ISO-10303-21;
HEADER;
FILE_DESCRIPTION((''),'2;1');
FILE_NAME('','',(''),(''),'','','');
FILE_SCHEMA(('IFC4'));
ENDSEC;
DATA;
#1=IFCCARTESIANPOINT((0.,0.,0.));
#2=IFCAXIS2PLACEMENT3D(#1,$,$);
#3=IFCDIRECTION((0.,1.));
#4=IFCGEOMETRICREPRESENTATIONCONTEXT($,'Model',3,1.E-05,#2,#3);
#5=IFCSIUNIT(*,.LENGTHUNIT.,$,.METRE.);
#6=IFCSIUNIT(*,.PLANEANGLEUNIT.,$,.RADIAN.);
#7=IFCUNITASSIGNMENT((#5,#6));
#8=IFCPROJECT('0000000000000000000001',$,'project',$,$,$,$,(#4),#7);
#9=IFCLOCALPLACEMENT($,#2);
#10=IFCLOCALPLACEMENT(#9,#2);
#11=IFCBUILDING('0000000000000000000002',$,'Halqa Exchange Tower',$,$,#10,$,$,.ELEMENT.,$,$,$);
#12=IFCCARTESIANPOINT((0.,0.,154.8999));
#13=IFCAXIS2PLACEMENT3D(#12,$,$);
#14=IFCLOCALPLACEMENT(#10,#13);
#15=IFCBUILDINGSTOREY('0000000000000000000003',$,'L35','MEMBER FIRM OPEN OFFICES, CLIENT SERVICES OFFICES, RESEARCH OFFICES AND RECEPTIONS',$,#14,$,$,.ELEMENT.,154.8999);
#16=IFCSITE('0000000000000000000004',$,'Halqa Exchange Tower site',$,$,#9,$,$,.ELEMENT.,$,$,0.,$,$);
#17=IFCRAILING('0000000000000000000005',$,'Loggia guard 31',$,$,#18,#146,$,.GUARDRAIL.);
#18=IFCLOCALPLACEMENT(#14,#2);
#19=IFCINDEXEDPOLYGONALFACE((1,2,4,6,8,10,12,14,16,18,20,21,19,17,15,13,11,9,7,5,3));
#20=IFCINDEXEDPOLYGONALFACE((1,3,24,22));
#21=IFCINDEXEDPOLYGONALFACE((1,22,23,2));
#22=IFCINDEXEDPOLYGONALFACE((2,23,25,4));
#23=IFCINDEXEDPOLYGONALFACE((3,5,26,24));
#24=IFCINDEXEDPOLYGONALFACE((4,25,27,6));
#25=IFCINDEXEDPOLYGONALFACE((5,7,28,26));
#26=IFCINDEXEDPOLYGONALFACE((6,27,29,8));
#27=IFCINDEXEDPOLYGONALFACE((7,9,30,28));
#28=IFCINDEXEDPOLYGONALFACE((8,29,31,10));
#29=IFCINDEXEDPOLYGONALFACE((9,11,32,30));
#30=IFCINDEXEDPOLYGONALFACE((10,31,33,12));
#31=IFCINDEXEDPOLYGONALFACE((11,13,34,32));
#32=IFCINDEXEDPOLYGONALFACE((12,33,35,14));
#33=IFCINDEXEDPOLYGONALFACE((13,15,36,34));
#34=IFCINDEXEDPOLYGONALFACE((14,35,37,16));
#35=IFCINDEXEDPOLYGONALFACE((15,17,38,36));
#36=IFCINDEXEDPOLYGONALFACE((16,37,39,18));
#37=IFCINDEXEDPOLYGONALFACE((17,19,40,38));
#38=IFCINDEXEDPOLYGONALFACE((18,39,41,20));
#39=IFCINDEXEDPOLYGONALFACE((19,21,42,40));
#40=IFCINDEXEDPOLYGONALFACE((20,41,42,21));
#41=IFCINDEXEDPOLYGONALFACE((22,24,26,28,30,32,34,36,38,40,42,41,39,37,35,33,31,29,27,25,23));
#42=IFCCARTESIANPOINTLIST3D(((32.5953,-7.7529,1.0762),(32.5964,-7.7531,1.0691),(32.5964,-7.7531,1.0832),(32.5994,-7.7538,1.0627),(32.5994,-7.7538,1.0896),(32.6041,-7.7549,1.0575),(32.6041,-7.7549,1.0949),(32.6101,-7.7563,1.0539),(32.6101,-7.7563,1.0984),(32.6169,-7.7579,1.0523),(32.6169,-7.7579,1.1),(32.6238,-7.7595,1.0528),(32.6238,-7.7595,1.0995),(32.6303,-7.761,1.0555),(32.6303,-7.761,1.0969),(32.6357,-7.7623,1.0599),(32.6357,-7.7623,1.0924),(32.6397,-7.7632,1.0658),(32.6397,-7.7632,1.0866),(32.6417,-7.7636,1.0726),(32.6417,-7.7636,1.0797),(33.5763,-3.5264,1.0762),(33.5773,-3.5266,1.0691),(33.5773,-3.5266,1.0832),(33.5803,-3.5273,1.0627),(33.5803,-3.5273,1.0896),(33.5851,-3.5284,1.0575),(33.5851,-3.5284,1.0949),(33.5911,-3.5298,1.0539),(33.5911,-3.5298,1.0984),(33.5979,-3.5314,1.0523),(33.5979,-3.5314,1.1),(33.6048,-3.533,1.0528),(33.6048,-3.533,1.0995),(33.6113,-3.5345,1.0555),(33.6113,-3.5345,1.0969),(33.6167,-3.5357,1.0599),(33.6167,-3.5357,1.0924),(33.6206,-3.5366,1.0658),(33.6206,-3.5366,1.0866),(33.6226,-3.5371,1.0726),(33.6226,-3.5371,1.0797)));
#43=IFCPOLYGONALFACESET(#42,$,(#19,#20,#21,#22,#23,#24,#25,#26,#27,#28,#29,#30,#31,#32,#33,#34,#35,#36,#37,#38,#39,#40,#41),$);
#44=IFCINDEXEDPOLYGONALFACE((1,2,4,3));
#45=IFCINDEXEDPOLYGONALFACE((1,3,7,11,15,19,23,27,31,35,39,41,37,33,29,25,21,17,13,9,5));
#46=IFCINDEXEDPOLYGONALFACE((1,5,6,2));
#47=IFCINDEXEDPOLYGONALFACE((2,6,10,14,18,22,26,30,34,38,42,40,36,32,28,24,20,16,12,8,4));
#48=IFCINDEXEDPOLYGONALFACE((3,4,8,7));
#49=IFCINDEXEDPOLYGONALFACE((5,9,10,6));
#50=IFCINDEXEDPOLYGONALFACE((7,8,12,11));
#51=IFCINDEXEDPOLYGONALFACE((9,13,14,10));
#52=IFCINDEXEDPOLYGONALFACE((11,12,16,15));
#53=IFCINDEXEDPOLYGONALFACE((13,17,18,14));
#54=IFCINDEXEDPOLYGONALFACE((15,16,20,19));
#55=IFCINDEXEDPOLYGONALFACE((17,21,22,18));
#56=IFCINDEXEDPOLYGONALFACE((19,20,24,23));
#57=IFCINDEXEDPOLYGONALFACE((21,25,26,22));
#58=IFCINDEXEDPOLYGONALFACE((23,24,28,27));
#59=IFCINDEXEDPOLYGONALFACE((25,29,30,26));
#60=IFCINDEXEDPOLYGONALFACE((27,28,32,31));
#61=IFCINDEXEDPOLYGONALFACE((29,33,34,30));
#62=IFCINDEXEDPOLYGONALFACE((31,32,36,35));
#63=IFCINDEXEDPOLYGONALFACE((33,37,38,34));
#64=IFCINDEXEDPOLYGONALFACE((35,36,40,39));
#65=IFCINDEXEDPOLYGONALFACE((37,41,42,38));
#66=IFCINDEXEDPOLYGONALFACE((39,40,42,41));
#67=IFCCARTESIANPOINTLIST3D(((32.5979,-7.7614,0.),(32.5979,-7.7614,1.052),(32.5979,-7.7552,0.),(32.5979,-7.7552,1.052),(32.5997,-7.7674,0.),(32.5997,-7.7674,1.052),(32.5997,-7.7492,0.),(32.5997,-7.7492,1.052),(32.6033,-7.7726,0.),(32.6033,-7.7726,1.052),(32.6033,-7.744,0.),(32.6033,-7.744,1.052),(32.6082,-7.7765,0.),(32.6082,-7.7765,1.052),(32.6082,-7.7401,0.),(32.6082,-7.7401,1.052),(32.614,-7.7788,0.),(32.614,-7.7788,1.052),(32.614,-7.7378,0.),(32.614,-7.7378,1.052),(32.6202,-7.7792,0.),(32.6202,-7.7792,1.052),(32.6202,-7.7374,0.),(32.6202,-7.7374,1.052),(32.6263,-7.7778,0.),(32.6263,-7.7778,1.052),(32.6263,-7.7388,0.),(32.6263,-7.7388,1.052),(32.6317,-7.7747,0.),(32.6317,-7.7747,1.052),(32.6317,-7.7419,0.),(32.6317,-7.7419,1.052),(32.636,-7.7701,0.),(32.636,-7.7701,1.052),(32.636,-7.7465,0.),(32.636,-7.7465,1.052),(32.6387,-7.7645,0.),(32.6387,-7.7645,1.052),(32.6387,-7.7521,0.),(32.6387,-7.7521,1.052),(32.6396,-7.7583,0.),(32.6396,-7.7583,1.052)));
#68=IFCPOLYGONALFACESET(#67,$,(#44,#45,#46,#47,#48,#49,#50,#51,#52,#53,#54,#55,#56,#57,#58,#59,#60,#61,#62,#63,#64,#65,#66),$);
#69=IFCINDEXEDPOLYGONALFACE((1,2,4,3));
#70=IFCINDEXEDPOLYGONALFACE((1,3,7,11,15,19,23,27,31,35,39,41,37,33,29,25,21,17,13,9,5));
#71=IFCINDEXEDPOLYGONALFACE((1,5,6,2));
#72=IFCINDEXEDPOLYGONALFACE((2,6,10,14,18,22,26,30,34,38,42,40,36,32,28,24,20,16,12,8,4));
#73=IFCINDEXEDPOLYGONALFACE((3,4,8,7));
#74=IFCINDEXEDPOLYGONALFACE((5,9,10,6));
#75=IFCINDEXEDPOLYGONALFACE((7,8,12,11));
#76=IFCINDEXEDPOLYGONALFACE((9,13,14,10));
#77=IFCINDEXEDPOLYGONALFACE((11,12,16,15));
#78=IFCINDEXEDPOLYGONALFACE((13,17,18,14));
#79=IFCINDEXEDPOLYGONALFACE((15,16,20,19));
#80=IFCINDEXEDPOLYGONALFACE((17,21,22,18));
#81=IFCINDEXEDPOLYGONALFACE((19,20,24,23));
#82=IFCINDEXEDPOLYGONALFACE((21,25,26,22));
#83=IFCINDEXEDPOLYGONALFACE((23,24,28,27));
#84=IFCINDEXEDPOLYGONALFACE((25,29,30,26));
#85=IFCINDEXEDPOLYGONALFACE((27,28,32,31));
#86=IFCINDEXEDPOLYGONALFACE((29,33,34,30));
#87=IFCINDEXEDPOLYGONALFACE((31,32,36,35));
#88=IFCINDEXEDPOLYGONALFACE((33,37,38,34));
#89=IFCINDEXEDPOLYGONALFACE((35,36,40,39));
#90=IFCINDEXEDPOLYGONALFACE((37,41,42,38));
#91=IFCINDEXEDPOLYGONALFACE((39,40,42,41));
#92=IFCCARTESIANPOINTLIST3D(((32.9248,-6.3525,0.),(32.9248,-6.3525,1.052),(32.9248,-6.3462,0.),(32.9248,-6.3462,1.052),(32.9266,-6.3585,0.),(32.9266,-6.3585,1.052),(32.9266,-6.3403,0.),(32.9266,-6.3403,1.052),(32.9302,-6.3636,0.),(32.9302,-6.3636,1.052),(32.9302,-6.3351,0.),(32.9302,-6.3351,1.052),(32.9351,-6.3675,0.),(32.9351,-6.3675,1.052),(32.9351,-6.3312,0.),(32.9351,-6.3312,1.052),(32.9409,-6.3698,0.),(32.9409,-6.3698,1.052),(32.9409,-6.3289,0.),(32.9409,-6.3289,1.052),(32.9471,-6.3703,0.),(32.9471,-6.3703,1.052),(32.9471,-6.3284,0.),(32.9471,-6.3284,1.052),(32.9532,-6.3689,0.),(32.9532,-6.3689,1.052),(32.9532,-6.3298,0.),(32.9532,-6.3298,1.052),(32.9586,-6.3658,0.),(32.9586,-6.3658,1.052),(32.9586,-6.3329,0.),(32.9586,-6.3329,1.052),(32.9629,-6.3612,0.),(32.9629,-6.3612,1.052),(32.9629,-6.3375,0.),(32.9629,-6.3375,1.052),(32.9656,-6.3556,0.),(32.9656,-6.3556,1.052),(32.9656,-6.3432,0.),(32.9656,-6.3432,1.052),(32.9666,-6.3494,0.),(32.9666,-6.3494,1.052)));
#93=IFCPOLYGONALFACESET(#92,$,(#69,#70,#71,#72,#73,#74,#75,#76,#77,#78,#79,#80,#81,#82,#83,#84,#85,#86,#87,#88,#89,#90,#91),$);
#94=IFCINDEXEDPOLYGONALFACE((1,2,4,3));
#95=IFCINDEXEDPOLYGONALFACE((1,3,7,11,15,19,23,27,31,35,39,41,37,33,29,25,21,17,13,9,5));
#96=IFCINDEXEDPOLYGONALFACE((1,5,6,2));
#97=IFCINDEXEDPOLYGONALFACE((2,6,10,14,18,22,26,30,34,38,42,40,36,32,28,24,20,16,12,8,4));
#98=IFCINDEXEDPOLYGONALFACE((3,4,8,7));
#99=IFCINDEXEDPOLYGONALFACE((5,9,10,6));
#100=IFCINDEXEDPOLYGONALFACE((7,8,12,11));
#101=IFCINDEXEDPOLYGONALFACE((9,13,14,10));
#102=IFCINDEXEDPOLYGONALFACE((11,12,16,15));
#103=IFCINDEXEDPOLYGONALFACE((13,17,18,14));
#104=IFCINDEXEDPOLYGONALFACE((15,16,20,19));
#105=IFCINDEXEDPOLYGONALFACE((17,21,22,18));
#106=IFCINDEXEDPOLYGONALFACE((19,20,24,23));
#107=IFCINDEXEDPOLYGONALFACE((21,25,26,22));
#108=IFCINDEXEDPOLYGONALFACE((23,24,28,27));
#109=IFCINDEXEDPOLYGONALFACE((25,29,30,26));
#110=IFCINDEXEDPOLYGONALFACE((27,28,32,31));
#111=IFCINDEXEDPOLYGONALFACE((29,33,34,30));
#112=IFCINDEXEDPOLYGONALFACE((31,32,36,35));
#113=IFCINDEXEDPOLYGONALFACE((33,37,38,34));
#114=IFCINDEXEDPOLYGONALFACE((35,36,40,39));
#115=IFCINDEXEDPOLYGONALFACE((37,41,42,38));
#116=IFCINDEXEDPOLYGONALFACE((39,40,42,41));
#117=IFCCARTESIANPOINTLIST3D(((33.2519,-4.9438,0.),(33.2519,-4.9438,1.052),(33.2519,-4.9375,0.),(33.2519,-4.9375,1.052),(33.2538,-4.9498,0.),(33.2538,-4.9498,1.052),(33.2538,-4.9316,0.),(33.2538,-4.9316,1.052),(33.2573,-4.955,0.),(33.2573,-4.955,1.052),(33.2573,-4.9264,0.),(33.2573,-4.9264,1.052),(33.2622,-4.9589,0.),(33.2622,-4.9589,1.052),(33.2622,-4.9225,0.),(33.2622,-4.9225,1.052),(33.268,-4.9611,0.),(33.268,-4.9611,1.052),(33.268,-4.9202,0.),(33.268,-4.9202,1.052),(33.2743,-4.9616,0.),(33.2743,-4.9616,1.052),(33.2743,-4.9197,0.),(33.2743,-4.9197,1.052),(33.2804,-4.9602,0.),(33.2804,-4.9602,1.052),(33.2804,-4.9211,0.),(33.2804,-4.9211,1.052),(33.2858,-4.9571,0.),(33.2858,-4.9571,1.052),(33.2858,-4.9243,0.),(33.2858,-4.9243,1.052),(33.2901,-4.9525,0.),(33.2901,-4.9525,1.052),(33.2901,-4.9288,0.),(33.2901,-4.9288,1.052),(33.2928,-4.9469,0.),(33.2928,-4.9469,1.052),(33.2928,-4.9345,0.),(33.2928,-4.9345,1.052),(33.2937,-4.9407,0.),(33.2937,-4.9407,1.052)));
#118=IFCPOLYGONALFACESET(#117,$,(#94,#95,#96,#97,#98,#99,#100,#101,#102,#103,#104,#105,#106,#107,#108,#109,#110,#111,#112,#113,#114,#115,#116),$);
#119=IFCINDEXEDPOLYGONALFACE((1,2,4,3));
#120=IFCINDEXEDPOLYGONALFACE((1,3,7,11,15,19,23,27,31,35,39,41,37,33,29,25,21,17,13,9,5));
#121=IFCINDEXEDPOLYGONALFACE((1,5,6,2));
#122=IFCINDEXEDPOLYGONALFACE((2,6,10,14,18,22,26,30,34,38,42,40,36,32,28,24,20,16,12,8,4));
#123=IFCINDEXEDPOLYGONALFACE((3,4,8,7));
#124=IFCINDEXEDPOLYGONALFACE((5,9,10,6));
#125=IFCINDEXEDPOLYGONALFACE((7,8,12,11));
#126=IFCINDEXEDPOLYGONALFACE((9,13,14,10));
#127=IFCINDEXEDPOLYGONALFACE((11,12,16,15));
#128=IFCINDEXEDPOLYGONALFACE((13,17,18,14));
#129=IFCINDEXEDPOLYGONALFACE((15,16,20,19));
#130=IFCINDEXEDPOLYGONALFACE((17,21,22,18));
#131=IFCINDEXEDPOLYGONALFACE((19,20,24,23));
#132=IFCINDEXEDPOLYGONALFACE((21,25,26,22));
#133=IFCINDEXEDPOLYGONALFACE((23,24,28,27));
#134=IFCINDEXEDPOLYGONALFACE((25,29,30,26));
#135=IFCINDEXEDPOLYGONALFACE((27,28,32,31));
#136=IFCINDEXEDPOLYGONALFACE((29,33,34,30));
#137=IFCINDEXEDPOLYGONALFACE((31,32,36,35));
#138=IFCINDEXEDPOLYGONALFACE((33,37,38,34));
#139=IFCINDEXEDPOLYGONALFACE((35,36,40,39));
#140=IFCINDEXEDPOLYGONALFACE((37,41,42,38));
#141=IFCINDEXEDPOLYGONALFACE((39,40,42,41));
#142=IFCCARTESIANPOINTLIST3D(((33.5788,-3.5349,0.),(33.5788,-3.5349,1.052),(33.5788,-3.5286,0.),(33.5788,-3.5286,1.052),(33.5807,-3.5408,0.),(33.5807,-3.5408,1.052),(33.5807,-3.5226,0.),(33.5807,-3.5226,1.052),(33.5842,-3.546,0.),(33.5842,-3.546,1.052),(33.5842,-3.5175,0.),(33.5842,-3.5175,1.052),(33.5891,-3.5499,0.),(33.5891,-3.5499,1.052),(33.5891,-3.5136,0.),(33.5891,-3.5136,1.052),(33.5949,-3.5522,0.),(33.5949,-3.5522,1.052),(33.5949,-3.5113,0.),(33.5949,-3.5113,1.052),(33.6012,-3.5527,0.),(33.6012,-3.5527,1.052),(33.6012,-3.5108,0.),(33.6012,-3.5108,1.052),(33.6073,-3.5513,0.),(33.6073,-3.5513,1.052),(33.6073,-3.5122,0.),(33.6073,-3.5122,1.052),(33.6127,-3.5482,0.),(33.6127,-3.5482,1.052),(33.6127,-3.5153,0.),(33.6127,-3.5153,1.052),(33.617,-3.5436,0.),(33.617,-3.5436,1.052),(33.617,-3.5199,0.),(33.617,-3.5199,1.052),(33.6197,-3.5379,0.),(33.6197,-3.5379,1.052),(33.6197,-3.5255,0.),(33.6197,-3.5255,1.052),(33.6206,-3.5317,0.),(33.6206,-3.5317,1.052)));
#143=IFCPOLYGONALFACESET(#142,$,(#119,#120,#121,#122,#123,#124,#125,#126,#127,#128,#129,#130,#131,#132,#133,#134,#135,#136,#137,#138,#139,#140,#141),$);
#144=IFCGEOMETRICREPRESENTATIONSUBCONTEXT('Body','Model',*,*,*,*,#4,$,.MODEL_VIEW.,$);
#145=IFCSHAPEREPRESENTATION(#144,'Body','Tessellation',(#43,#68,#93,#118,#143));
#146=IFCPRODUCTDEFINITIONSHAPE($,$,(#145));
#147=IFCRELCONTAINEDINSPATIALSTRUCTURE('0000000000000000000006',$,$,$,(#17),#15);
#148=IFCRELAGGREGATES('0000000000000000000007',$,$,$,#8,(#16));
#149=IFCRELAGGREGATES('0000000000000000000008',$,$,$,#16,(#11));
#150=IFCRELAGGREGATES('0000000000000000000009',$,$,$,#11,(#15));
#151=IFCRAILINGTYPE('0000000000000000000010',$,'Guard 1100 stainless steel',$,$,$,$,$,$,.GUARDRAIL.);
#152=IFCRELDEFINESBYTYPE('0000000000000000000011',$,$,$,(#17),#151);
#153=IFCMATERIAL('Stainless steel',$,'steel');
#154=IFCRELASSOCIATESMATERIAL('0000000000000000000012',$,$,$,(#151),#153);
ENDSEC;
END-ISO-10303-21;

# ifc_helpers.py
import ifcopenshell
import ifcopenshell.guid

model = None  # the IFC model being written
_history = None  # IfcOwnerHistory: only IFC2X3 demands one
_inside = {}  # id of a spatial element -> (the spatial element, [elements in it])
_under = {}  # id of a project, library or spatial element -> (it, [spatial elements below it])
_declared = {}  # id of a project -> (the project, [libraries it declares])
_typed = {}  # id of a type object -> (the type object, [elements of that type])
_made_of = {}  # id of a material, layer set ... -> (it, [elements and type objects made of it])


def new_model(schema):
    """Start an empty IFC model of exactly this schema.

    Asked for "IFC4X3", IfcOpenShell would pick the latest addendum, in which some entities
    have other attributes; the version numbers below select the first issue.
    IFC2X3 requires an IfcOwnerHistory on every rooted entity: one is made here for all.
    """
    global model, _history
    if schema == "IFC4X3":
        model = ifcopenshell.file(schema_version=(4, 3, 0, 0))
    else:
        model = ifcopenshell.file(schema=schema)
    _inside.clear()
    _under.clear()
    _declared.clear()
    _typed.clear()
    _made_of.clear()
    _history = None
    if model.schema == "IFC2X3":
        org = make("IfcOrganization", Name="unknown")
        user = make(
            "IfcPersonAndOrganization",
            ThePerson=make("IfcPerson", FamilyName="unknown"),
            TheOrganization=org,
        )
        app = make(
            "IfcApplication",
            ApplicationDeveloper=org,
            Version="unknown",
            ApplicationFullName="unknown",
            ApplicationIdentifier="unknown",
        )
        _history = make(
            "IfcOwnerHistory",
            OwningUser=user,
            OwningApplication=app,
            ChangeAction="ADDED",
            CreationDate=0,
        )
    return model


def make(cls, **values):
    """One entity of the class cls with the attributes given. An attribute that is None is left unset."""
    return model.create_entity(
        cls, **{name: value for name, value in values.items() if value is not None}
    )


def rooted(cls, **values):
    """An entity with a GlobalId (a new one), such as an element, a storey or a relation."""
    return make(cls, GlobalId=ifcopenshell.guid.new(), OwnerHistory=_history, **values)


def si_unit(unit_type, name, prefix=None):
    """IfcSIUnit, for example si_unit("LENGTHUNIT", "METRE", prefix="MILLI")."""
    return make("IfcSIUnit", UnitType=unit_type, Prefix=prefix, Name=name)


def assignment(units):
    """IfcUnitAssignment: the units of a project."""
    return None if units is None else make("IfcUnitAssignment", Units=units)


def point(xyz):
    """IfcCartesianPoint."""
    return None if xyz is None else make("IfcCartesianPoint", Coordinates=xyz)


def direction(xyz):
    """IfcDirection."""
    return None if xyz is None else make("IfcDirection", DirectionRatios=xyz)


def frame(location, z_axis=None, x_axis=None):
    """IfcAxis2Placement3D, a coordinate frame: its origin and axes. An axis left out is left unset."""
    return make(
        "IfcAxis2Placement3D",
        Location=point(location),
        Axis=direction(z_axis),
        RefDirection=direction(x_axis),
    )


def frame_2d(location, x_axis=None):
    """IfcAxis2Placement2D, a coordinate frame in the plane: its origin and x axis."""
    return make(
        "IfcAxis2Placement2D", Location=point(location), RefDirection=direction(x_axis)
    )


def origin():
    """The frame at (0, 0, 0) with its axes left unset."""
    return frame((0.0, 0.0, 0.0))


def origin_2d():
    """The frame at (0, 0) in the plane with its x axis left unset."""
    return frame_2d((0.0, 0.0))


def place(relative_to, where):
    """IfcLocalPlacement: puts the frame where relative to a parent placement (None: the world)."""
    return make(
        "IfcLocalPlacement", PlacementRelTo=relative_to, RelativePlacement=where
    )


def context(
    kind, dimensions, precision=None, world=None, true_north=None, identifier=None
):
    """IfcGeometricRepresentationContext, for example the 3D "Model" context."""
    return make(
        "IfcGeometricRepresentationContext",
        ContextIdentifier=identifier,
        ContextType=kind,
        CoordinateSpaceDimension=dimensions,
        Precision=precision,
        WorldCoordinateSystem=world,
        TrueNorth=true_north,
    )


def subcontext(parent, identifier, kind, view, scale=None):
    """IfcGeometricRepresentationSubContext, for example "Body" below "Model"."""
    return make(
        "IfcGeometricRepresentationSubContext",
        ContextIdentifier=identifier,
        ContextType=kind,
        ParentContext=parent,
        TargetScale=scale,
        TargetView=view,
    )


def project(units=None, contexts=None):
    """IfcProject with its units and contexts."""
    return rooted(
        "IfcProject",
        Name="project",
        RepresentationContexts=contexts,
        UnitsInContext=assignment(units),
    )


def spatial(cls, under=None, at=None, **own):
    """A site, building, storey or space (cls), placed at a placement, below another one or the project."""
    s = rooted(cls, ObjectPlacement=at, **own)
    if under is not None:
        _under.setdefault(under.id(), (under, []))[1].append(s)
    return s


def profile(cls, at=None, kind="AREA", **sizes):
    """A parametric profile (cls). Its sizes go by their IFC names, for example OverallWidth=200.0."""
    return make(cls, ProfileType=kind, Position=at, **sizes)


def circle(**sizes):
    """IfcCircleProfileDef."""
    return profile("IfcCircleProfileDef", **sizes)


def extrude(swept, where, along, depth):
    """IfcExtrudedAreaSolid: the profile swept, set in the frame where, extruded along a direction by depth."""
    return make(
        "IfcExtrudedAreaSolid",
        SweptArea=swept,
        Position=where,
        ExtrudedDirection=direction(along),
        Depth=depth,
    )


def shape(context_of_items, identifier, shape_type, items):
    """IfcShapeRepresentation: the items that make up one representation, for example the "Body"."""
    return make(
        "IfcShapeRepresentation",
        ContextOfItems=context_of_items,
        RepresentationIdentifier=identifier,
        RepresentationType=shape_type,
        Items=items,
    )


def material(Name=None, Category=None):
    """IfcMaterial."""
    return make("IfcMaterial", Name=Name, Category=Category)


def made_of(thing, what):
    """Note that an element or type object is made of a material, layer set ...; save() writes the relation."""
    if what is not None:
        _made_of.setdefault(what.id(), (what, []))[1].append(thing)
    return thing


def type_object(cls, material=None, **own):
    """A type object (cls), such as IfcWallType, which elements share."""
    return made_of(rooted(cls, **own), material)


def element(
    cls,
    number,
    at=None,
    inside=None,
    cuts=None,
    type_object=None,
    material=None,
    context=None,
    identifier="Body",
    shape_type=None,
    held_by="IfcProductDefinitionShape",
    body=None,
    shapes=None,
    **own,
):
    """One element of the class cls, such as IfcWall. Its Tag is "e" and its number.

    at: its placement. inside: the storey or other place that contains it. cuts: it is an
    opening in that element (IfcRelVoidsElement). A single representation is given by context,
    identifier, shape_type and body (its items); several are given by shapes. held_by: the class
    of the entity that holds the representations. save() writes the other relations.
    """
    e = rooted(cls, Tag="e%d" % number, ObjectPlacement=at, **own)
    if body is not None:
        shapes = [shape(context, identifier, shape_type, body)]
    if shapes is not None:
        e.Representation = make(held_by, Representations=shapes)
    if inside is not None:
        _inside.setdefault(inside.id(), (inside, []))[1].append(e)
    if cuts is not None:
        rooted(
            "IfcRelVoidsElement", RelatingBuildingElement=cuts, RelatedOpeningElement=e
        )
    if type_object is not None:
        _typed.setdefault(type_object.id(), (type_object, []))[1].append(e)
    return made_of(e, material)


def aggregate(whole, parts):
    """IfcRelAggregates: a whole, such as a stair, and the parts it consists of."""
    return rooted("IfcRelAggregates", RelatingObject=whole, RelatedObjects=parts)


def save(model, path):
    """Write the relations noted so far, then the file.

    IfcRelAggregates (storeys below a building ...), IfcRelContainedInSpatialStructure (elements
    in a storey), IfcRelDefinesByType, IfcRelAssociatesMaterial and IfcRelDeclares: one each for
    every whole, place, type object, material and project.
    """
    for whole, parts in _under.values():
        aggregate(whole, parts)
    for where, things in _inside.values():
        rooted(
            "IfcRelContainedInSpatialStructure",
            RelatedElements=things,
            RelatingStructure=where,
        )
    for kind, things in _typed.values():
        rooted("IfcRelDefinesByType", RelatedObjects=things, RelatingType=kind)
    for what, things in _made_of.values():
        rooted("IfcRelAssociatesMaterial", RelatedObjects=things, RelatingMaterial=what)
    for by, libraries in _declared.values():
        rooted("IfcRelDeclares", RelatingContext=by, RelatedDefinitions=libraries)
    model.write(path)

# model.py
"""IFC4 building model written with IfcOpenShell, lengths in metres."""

from ifc_helpers import new_model, si_unit, direction, frame, origin, origin_2d, place, context, subcontext, project, spatial, circle, extrude, material, type_object, element, save


model = new_model("IFC4")

# Units and contexts
model_context = context("Model", 3, precision=1e-05, world=origin(), true_north=direction((0.0, 1.0)))
body_context = subcontext(model_context, "Body", "Model", "MODEL_VIEW")
ifc_project = project(units=[si_unit("LENGTHUNIT", "METRE"), si_unit("PLANEANGLEUNIT", "RADIAN")], contexts=[model_context])

# Site, building, storey
site_placement = place(None, origin())
site = spatial("IfcSite", under=ifc_project, at=site_placement, Name="Halqa Exchange Tower site", CompositionType="ELEMENT", RefElevation=0.0)
building_placement = place(site_placement, origin())
building = spatial("IfcBuilding", under=site, at=building_placement, Name="Halqa Exchange Tower", CompositionType="ELEMENT")
storey_placement = place(building_placement, frame((0.0, 0.0, 154.8999)))
storey = spatial("IfcBuildingStorey", under=building, at=storey_placement, Name="L35", Description="MEMBER FIRM OPEN OFFICES, CLIENT SERVICES OFFICES, RESEARCH OFFICES AND RECEPTIONS", CompositionType="ELEMENT", Elevation=154.8999)

# Railing
ifc_material_1 = material(Name="Stainless steel", Category="steel")
railing_type = type_object("IfcRailingType", Name="Guard 1100 stainless steel", PredefinedType="GUARDRAIL", material=ifc_material_1)
railing_1_placement = place(storey_placement, frame((32.6187, -7.7583, 0.0)))
element("IfcRailing", 1, at=railing_1_placement, inside=storey, type_object=railing_type, Name="Loggia guard 31", PredefinedType="GUARDRAIL", context=body_context, shape_type="SweptSolid", body=[
    extrude(circle(Radius=0.0239, at=origin_2d()), frame((0.0, 0.0, 1.0762), z_axis=(0.226084, 0.974108, 0.0), x_axis=(-0.974108, 0.226084, 0.0)), (0.0, 0.0, 1.0), 4.3389),
    extrude(circle(Radius=0.021, at=origin_2d()), origin(), (0.0, 0.0, 1.0), 1.052),
    extrude(circle(Radius=0.021, at=origin_2d()), frame((0.3269, 1.4089, 0.0)), (0.0, 0.0, 1.0), 1.052),
    extrude(circle(Radius=0.021, at=origin_2d()), frame((0.6541, 2.8176, 0.0)), (0.0, 0.0, 1.0), 1.052),
    extrude(circle(Radius=0.021, at=origin_2d()), frame((0.981, 4.2266, 0.0)), (0.0, 0.0, 1.0), 1.052),
])

save(model, "model.ifc")
